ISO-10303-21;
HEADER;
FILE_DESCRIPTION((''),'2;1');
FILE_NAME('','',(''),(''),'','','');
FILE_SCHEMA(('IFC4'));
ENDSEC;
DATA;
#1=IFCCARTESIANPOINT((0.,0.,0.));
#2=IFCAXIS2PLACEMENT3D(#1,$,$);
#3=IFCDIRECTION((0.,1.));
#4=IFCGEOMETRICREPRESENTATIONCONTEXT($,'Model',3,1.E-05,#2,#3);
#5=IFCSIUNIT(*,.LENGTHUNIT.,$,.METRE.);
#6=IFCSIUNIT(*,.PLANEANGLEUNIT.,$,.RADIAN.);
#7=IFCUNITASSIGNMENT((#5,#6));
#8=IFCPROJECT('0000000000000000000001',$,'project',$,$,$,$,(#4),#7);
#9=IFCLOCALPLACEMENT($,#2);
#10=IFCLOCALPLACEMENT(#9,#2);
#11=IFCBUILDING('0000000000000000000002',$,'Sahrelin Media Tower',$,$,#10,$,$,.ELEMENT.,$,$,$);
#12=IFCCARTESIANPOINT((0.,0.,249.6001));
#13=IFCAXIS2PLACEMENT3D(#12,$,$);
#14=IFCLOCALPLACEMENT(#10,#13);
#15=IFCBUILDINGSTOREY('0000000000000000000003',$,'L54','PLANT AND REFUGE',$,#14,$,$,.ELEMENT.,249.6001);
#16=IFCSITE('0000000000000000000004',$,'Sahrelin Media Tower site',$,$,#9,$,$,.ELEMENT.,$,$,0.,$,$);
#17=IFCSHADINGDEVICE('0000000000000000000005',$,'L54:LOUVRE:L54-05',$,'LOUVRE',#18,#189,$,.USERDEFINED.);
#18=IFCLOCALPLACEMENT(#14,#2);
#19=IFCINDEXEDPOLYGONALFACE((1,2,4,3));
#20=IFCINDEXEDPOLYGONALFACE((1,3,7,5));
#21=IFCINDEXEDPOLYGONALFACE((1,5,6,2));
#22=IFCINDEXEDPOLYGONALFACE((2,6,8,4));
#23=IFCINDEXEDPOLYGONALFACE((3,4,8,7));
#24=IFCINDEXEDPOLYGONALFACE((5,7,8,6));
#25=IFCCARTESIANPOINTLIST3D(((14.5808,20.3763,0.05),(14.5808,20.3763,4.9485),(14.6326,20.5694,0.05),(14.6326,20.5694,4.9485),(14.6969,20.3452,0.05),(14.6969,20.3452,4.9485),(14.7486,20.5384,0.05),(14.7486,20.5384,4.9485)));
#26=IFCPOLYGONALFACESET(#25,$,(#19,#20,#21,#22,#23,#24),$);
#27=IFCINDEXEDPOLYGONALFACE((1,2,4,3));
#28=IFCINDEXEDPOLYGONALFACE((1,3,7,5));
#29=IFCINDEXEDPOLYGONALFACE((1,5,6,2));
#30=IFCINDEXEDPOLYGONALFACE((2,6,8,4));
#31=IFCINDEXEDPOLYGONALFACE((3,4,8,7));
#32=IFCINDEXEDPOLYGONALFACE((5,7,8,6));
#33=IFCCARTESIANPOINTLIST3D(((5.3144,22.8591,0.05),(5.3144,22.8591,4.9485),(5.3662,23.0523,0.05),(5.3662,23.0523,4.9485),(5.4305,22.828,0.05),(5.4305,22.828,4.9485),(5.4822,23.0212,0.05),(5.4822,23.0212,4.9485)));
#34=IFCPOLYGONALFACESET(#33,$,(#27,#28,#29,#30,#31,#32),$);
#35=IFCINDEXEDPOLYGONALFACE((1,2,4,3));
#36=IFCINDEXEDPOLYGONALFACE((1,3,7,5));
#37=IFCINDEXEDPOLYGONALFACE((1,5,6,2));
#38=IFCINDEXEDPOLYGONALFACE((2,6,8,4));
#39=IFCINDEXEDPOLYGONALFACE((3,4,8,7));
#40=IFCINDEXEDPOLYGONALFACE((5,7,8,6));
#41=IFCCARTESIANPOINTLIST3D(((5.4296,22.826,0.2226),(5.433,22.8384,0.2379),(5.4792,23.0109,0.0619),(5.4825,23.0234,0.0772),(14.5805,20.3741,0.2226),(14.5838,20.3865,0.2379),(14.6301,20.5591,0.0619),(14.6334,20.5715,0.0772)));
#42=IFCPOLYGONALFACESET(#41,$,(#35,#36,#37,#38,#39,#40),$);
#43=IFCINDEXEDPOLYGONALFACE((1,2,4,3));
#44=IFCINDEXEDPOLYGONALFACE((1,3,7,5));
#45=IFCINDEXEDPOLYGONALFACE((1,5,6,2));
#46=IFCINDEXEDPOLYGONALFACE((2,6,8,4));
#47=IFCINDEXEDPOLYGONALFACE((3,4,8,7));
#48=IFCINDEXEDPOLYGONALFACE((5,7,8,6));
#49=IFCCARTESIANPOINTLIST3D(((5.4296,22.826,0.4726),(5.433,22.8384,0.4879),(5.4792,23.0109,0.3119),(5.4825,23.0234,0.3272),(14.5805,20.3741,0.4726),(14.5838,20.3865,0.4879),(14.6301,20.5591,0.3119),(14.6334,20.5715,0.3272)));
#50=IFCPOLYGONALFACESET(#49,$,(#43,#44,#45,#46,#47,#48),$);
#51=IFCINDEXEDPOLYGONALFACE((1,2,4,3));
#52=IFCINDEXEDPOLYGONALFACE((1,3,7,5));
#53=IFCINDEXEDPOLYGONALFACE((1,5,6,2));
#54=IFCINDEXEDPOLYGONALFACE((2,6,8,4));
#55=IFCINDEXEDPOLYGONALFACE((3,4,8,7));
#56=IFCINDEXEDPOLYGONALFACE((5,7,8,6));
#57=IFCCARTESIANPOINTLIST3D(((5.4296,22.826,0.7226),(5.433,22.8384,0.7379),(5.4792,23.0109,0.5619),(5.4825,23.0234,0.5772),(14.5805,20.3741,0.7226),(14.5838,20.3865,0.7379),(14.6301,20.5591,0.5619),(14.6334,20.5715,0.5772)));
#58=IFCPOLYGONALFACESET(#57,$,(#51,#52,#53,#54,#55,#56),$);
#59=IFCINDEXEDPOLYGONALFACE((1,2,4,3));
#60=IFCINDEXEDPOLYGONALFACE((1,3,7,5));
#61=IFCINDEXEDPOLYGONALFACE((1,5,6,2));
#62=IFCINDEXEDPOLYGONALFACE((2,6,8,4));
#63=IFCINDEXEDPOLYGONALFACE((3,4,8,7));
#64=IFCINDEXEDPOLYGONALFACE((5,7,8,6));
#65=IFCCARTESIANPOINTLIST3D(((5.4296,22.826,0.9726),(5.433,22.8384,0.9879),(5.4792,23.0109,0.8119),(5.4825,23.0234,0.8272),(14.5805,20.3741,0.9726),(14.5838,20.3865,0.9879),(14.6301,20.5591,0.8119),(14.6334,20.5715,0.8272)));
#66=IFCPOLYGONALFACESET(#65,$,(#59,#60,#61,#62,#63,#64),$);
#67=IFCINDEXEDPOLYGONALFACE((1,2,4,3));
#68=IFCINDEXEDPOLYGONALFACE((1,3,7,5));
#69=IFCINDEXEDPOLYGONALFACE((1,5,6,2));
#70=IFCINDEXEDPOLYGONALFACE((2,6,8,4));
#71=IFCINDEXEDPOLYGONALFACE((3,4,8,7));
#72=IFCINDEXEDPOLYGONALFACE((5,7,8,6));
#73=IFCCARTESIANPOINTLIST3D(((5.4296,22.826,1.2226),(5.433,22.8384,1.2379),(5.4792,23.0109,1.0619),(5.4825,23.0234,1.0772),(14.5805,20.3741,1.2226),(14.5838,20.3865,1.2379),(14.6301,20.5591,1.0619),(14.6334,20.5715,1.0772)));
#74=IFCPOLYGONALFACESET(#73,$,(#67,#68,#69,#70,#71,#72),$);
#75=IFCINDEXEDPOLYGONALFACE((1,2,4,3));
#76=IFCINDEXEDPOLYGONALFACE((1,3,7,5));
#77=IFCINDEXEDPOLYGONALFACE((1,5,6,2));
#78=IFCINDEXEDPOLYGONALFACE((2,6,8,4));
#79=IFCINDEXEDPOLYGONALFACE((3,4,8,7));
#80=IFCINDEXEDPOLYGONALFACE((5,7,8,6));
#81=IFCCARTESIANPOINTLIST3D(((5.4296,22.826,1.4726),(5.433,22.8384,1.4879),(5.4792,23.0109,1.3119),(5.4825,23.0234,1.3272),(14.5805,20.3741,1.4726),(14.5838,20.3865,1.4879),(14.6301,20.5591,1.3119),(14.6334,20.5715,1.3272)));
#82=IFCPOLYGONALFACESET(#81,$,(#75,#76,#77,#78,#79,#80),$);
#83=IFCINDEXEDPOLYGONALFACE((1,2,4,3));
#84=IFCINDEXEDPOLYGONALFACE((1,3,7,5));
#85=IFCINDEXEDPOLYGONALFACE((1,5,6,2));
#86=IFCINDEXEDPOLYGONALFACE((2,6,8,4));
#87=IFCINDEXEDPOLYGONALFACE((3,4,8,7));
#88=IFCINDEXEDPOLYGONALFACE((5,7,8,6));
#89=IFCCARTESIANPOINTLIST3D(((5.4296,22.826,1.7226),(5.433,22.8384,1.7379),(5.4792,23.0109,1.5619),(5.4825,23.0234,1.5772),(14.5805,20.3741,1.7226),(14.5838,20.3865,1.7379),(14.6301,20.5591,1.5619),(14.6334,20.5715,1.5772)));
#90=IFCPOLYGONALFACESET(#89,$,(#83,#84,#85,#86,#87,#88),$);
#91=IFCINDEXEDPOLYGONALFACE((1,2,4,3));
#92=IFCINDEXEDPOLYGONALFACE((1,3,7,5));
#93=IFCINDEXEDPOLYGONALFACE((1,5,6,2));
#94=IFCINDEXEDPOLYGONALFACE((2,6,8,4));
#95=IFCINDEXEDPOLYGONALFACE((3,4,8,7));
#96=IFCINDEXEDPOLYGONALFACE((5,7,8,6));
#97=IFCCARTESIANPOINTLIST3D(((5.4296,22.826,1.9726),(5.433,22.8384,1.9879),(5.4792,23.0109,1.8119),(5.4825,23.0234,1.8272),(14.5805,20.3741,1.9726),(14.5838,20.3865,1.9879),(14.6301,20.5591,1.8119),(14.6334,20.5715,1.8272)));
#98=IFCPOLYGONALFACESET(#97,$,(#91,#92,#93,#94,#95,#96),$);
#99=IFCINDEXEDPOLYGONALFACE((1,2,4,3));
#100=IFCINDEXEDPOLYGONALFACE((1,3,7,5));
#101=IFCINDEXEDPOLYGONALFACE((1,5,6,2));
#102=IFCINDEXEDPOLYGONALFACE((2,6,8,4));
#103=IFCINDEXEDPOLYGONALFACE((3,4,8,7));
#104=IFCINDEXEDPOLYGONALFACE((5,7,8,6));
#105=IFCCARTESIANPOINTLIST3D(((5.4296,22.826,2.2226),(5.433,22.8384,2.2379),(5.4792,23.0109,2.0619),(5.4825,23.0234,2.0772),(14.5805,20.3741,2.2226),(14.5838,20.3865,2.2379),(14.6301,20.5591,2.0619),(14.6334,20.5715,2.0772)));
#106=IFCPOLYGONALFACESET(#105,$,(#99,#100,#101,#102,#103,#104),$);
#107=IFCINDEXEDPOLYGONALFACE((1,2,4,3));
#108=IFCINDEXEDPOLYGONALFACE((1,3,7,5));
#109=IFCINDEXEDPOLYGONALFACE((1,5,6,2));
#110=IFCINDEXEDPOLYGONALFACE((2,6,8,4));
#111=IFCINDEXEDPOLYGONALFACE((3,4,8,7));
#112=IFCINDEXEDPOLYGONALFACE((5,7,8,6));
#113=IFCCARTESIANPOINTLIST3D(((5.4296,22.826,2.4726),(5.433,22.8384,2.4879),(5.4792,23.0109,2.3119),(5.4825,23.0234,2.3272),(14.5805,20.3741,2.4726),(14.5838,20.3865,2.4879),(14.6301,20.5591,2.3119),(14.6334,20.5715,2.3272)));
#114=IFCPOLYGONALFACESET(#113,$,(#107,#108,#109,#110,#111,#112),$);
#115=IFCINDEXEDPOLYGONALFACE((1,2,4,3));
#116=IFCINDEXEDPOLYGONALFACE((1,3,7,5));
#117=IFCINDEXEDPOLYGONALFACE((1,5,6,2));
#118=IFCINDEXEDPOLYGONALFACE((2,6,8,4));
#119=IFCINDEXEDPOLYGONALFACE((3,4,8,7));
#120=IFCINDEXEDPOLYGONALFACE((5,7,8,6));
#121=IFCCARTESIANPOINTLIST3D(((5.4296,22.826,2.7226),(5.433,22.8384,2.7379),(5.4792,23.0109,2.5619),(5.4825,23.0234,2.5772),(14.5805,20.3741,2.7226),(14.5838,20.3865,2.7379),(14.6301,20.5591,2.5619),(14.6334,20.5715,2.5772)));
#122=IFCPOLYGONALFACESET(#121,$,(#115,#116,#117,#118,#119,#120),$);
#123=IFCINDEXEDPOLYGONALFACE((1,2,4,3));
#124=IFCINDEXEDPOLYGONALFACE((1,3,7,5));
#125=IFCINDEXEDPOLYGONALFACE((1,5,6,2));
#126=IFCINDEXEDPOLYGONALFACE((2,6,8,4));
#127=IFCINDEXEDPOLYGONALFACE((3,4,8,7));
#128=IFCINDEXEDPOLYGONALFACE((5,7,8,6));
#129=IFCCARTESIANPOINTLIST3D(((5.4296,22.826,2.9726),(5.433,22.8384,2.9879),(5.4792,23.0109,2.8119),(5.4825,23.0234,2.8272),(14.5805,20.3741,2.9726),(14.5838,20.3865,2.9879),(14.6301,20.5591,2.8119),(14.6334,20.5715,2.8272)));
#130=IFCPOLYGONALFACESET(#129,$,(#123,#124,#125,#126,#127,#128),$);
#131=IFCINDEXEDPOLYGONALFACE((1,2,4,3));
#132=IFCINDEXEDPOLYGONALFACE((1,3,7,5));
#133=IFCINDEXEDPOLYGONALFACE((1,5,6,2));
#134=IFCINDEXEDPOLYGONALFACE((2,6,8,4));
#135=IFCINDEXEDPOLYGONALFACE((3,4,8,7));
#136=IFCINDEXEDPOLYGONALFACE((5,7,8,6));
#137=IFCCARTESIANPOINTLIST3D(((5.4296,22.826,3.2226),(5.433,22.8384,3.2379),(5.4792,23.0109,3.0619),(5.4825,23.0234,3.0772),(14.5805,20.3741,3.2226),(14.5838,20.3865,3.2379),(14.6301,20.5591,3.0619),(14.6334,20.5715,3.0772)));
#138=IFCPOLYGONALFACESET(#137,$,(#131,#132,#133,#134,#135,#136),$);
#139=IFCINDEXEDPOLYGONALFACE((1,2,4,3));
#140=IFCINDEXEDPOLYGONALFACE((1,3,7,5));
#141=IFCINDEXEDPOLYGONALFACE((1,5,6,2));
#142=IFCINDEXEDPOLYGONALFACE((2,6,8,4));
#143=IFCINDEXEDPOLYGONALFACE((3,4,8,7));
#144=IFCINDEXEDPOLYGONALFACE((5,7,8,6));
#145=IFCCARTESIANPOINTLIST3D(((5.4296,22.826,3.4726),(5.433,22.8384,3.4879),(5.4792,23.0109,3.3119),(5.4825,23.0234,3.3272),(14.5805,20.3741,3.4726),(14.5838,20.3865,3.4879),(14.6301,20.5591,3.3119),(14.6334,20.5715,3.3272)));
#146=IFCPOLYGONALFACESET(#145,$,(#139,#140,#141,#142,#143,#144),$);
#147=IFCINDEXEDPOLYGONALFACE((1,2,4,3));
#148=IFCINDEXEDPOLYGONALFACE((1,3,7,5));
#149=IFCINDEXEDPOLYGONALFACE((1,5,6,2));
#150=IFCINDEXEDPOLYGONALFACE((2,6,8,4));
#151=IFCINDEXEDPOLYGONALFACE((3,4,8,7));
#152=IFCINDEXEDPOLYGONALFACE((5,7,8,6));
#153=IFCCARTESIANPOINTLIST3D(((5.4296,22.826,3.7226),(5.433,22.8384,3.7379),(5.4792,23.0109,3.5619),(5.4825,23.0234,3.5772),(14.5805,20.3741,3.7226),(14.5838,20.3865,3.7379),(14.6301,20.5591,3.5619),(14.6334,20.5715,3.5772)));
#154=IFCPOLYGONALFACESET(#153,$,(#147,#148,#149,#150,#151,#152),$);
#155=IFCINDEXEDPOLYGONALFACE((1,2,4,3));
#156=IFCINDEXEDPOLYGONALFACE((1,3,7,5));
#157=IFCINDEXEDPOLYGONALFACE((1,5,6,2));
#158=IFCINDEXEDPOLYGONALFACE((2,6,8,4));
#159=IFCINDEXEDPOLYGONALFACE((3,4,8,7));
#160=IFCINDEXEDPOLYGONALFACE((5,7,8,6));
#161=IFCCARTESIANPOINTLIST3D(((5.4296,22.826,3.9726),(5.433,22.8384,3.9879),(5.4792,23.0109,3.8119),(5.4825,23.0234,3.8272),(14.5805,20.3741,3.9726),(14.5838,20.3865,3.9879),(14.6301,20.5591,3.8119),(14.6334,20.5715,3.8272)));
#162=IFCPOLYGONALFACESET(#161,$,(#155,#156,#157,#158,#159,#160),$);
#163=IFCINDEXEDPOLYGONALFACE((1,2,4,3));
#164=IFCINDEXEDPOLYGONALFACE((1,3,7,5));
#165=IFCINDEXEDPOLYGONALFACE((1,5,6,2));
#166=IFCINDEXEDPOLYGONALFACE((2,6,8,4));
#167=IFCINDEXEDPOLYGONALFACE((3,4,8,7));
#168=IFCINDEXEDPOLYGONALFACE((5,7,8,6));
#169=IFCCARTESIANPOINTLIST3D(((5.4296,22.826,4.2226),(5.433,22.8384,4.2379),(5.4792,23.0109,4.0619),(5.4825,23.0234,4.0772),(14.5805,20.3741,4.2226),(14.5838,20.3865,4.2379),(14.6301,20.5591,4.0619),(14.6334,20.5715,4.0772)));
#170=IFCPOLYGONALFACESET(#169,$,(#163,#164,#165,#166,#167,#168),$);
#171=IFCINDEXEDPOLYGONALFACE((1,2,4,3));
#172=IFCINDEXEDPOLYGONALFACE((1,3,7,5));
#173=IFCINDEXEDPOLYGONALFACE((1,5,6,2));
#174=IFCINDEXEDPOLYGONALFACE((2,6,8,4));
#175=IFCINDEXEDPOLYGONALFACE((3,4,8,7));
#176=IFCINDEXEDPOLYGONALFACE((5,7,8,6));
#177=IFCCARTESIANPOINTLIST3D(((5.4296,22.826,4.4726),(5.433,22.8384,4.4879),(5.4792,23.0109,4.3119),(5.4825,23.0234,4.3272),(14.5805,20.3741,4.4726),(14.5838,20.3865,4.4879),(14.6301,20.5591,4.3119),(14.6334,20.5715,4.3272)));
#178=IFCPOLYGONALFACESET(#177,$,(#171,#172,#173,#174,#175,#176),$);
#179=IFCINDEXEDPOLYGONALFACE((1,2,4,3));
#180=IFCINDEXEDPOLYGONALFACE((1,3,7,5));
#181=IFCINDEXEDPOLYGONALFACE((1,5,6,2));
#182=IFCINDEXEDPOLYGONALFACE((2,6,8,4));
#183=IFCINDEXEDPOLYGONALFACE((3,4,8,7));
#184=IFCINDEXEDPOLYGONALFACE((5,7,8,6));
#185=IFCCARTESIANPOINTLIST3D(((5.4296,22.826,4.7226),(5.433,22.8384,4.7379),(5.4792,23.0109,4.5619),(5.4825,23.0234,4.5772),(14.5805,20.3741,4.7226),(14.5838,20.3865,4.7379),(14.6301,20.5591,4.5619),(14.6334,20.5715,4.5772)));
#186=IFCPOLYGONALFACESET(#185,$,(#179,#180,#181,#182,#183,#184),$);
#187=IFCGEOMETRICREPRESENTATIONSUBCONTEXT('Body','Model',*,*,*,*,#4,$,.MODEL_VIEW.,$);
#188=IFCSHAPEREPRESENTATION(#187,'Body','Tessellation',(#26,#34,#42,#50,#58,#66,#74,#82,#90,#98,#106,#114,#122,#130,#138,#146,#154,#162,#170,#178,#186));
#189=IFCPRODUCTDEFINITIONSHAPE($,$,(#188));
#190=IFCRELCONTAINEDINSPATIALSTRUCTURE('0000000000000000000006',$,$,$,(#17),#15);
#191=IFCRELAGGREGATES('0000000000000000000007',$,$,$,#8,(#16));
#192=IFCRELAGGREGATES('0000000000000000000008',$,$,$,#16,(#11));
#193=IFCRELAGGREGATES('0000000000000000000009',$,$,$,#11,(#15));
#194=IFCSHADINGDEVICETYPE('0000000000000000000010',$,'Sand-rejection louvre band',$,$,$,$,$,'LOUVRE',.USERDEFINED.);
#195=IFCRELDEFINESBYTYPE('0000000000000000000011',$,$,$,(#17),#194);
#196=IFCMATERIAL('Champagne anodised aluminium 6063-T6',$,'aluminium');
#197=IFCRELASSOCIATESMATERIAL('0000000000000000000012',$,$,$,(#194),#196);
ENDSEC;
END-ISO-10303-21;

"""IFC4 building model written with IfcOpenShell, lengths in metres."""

from ifc_helpers import new_model, si_unit, direction, frame, origin, origin_2d, place, context, subcontext, project, spatial, rectangle, extrude, material, type_object, element, save


model = new_model("IFC4")

# Units and contexts
model_context = context("Model", 3, precision=1e-05, world=origin(), true_north=direction((0.0, 1.0)))
body_context = subcontext(model_context, "Body", "Model", "MODEL_VIEW")
ifc_project = project(units=[si_unit("LENGTHUNIT", "METRE"), si_unit("PLANEANGLEUNIT", "RADIAN")], contexts=[model_context])

# Site, building, storey
site_placement = place(None, origin())
site = spatial("IfcSite", under=ifc_project, at=site_placement, Name="Sahrelin Media Tower site", CompositionType="ELEMENT", RefElevation=0.0)
building_placement = place(site_placement, origin())
building = spatial("IfcBuilding", under=site, at=building_placement, Name="Sahrelin Media Tower", CompositionType="ELEMENT")
storey_placement = place(building_placement, frame((0.0, 0.0, 249.6001)))
storey = spatial("IfcBuildingStorey", under=building, at=storey_placement, Name="L54", Description="PLANT AND REFUGE", CompositionType="ELEMENT", Elevation=249.6001)

# Shading device
ifc_material_1 = material(Name="Champagne anodised aluminium 6063-T6", Category="aluminium")
shading_device_type = type_object("IfcShadingDeviceType", Name="Sand-rejection louvre band", ElementType="LOUVRE", PredefinedType="USERDEFINED", material=ifc_material_1)
shading_device_placement = place(storey_placement, frame((10.0056, 21.6021, 0.0), z_axis=(0.0, 0.0, 1.0), x_axis=(0.965929, -0.258808, 0.0)))
element("IfcShadingDevice", 1, at=shading_device_placement, inside=storey, type_object=shading_device_type, Name="L54:LOUVRE:L54-05", ObjectType="LOUVRE", PredefinedType="USERDEFINED", context=body_context, shape_type="SweptSolid", body=[
    extrude(rectangle(XDim=0.1201, YDim=0.2, at=origin_2d()), frame((4.7966, 0.1001, 0.05), z_axis=(0.0, 0.0, 1.0), x_axis=(1.0, 0.0, 0.0)), (0.0, 0.0, 1.0), 4.8984),
    extrude(rectangle(XDim=0.1201, YDim=0.2, at=origin_2d()), frame((-4.7966, 0.1001, 0.05), z_axis=(0.0, 0.0, 1.0), x_axis=(1.0, 0.0, 0.0)), (0.0, 0.0, 1.0), 4.8984),
    extrude(rectangle(XDim=0.25, YDim=0.02, at=origin_2d()), frame((4.7368, 0.1001, 0.1499), z_axis=(-1.0, 0.0, 0.0), x_axis=(0.0, -0.766044, 0.642788)), (0.0, 0.0, 1.0), 9.4736),
    extrude(rectangle(XDim=0.25, YDim=0.02, at=origin_2d()), frame((4.7368, 0.1001, 0.3999), z_axis=(-1.0, 0.0, 0.0), x_axis=(0.0, -0.766044, 0.642788)), (0.0, 0.0, 1.0), 9.4736),
    extrude(rectangle(XDim=0.25, YDim=0.02, at=origin_2d()), frame((4.7368, 0.1001, 0.6499), z_axis=(-1.0, 0.0, 0.0), x_axis=(0.0, -0.766044, 0.642788)), (0.0, 0.0, 1.0), 9.4736),
    extrude(rectangle(XDim=0.25, YDim=0.02, at=origin_2d()), frame((4.7368, 0.1001, 0.8999), z_axis=(-1.0, 0.0, 0.0), x_axis=(0.0, -0.766044, 0.642788)), (0.0, 0.0, 1.0), 9.4736),
    extrude(rectangle(XDim=0.25, YDim=0.02, at=origin_2d()), frame((4.7368, 0.1001, 1.1499), z_axis=(-1.0, 0.0, 0.0), x_axis=(0.0, -0.766044, 0.642788)), (0.0, 0.0, 1.0), 9.4736),
    extrude(rectangle(XDim=0.25, YDim=0.02, at=origin_2d()), frame((4.7368, 0.1001, 1.3999), z_axis=(-1.0, 0.0, 0.0), x_axis=(0.0, -0.766044, 0.642788)), (0.0, 0.0, 1.0), 9.4736),
    extrude(rectangle(XDim=0.25, YDim=0.02, at=origin_2d()), frame((4.7368, 0.1001, 1.6499), z_axis=(-1.0, 0.0, 0.0), x_axis=(0.0, -0.766044, 0.642788)), (0.0, 0.0, 1.0), 9.4736),
    extrude(rectangle(XDim=0.25, YDim=0.02, at=origin_2d()), frame((4.7368, 0.1001, 1.8999), z_axis=(-1.0, 0.0, 0.0), x_axis=(0.0, -0.766044, 0.642788)), (0.0, 0.0, 1.0), 9.4736),
    extrude(rectangle(XDim=0.25, YDim=0.02, at=origin_2d()), frame((4.7368, 0.1001, 2.1499), z_axis=(-1.0, 0.0, 0.0), x_axis=(0.0, -0.766044, 0.642788)), (0.0, 0.0, 1.0), 9.4736),
    extrude(rectangle(XDim=0.25, YDim=0.02, at=origin_2d()), frame((4.7368, 0.1001, 2.3999), z_axis=(-1.0, 0.0, 0.0), x_axis=(0.0, -0.766044, 0.642788)), (0.0, 0.0, 1.0), 9.4736),
    extrude(rectangle(XDim=0.25, YDim=0.02, at=origin_2d()), frame((4.7368, 0.1001, 2.6499), z_axis=(-1.0, 0.0, 0.0), x_axis=(0.0, -0.766044, 0.642788)), (0.0, 0.0, 1.0), 9.4736),
    extrude(rectangle(XDim=0.25, YDim=0.02, at=origin_2d()), frame((4.7368, 0.1001, 2.8999), z_axis=(-1.0, 0.0, 0.0), x_axis=(0.0, -0.766044, 0.642788)), (0.0, 0.0, 1.0), 9.4736),
    extrude(rectangle(XDim=0.25, YDim=0.02, at=origin_2d()), frame((4.7368, 0.1001, 3.1499), z_axis=(-1.0, 0.0, 0.0), x_axis=(0.0, -0.766044, 0.642788)), (0.0, 0.0, 1.0), 9.4736),
    extrude(rectangle(XDim=0.25, YDim=0.02, at=origin_2d()), frame((4.7368, 0.1001, 3.3999), z_axis=(-1.0, 0.0, 0.0), x_axis=(0.0, -0.766044, 0.642788)), (0.0, 0.0, 1.0), 9.4736),
    extrude(rectangle(XDim=0.25, YDim=0.02, at=origin_2d()), frame((4.7368, 0.1001, 3.6499), z_axis=(-1.0, 0.0, 0.0), x_axis=(0.0, -0.766044, 0.642788)), (0.0, 0.0, 1.0), 9.4736),
    extrude(rectangle(XDim=0.25, YDim=0.02, at=origin_2d()), frame((4.7368, 0.1001, 3.8999), z_axis=(-1.0, 0.0, 0.0), x_axis=(0.0, -0.766044, 0.642788)), (0.0, 0.0, 1.0), 9.4736),
    extrude(rectangle(XDim=0.25, YDim=0.02, at=origin_2d()), frame((4.7368, 0.1001, 4.1499), z_axis=(-1.0, 0.0, 0.0), x_axis=(0.0, -0.766044, 0.642788)), (0.0, 0.0, 1.0), 9.4736),
    extrude(rectangle(XDim=0.25, YDim=0.02, at=origin_2d()), frame((4.7368, 0.1001, 4.3999), z_axis=(-1.0, 0.0, 0.0), x_axis=(0.0, -0.766044, 0.642788)), (0.0, 0.0, 1.0), 9.4736),
    extrude(rectangle(XDim=0.25, YDim=0.02, at=origin_2d()), frame((4.7368, 0.1001, 4.6499), z_axis=(-1.0, 0.0, 0.0), x_axis=(0.0, -0.766044, 0.642788)), (0.0, 0.0, 1.0), 9.4736),
])

save(model, "model.ifc")
